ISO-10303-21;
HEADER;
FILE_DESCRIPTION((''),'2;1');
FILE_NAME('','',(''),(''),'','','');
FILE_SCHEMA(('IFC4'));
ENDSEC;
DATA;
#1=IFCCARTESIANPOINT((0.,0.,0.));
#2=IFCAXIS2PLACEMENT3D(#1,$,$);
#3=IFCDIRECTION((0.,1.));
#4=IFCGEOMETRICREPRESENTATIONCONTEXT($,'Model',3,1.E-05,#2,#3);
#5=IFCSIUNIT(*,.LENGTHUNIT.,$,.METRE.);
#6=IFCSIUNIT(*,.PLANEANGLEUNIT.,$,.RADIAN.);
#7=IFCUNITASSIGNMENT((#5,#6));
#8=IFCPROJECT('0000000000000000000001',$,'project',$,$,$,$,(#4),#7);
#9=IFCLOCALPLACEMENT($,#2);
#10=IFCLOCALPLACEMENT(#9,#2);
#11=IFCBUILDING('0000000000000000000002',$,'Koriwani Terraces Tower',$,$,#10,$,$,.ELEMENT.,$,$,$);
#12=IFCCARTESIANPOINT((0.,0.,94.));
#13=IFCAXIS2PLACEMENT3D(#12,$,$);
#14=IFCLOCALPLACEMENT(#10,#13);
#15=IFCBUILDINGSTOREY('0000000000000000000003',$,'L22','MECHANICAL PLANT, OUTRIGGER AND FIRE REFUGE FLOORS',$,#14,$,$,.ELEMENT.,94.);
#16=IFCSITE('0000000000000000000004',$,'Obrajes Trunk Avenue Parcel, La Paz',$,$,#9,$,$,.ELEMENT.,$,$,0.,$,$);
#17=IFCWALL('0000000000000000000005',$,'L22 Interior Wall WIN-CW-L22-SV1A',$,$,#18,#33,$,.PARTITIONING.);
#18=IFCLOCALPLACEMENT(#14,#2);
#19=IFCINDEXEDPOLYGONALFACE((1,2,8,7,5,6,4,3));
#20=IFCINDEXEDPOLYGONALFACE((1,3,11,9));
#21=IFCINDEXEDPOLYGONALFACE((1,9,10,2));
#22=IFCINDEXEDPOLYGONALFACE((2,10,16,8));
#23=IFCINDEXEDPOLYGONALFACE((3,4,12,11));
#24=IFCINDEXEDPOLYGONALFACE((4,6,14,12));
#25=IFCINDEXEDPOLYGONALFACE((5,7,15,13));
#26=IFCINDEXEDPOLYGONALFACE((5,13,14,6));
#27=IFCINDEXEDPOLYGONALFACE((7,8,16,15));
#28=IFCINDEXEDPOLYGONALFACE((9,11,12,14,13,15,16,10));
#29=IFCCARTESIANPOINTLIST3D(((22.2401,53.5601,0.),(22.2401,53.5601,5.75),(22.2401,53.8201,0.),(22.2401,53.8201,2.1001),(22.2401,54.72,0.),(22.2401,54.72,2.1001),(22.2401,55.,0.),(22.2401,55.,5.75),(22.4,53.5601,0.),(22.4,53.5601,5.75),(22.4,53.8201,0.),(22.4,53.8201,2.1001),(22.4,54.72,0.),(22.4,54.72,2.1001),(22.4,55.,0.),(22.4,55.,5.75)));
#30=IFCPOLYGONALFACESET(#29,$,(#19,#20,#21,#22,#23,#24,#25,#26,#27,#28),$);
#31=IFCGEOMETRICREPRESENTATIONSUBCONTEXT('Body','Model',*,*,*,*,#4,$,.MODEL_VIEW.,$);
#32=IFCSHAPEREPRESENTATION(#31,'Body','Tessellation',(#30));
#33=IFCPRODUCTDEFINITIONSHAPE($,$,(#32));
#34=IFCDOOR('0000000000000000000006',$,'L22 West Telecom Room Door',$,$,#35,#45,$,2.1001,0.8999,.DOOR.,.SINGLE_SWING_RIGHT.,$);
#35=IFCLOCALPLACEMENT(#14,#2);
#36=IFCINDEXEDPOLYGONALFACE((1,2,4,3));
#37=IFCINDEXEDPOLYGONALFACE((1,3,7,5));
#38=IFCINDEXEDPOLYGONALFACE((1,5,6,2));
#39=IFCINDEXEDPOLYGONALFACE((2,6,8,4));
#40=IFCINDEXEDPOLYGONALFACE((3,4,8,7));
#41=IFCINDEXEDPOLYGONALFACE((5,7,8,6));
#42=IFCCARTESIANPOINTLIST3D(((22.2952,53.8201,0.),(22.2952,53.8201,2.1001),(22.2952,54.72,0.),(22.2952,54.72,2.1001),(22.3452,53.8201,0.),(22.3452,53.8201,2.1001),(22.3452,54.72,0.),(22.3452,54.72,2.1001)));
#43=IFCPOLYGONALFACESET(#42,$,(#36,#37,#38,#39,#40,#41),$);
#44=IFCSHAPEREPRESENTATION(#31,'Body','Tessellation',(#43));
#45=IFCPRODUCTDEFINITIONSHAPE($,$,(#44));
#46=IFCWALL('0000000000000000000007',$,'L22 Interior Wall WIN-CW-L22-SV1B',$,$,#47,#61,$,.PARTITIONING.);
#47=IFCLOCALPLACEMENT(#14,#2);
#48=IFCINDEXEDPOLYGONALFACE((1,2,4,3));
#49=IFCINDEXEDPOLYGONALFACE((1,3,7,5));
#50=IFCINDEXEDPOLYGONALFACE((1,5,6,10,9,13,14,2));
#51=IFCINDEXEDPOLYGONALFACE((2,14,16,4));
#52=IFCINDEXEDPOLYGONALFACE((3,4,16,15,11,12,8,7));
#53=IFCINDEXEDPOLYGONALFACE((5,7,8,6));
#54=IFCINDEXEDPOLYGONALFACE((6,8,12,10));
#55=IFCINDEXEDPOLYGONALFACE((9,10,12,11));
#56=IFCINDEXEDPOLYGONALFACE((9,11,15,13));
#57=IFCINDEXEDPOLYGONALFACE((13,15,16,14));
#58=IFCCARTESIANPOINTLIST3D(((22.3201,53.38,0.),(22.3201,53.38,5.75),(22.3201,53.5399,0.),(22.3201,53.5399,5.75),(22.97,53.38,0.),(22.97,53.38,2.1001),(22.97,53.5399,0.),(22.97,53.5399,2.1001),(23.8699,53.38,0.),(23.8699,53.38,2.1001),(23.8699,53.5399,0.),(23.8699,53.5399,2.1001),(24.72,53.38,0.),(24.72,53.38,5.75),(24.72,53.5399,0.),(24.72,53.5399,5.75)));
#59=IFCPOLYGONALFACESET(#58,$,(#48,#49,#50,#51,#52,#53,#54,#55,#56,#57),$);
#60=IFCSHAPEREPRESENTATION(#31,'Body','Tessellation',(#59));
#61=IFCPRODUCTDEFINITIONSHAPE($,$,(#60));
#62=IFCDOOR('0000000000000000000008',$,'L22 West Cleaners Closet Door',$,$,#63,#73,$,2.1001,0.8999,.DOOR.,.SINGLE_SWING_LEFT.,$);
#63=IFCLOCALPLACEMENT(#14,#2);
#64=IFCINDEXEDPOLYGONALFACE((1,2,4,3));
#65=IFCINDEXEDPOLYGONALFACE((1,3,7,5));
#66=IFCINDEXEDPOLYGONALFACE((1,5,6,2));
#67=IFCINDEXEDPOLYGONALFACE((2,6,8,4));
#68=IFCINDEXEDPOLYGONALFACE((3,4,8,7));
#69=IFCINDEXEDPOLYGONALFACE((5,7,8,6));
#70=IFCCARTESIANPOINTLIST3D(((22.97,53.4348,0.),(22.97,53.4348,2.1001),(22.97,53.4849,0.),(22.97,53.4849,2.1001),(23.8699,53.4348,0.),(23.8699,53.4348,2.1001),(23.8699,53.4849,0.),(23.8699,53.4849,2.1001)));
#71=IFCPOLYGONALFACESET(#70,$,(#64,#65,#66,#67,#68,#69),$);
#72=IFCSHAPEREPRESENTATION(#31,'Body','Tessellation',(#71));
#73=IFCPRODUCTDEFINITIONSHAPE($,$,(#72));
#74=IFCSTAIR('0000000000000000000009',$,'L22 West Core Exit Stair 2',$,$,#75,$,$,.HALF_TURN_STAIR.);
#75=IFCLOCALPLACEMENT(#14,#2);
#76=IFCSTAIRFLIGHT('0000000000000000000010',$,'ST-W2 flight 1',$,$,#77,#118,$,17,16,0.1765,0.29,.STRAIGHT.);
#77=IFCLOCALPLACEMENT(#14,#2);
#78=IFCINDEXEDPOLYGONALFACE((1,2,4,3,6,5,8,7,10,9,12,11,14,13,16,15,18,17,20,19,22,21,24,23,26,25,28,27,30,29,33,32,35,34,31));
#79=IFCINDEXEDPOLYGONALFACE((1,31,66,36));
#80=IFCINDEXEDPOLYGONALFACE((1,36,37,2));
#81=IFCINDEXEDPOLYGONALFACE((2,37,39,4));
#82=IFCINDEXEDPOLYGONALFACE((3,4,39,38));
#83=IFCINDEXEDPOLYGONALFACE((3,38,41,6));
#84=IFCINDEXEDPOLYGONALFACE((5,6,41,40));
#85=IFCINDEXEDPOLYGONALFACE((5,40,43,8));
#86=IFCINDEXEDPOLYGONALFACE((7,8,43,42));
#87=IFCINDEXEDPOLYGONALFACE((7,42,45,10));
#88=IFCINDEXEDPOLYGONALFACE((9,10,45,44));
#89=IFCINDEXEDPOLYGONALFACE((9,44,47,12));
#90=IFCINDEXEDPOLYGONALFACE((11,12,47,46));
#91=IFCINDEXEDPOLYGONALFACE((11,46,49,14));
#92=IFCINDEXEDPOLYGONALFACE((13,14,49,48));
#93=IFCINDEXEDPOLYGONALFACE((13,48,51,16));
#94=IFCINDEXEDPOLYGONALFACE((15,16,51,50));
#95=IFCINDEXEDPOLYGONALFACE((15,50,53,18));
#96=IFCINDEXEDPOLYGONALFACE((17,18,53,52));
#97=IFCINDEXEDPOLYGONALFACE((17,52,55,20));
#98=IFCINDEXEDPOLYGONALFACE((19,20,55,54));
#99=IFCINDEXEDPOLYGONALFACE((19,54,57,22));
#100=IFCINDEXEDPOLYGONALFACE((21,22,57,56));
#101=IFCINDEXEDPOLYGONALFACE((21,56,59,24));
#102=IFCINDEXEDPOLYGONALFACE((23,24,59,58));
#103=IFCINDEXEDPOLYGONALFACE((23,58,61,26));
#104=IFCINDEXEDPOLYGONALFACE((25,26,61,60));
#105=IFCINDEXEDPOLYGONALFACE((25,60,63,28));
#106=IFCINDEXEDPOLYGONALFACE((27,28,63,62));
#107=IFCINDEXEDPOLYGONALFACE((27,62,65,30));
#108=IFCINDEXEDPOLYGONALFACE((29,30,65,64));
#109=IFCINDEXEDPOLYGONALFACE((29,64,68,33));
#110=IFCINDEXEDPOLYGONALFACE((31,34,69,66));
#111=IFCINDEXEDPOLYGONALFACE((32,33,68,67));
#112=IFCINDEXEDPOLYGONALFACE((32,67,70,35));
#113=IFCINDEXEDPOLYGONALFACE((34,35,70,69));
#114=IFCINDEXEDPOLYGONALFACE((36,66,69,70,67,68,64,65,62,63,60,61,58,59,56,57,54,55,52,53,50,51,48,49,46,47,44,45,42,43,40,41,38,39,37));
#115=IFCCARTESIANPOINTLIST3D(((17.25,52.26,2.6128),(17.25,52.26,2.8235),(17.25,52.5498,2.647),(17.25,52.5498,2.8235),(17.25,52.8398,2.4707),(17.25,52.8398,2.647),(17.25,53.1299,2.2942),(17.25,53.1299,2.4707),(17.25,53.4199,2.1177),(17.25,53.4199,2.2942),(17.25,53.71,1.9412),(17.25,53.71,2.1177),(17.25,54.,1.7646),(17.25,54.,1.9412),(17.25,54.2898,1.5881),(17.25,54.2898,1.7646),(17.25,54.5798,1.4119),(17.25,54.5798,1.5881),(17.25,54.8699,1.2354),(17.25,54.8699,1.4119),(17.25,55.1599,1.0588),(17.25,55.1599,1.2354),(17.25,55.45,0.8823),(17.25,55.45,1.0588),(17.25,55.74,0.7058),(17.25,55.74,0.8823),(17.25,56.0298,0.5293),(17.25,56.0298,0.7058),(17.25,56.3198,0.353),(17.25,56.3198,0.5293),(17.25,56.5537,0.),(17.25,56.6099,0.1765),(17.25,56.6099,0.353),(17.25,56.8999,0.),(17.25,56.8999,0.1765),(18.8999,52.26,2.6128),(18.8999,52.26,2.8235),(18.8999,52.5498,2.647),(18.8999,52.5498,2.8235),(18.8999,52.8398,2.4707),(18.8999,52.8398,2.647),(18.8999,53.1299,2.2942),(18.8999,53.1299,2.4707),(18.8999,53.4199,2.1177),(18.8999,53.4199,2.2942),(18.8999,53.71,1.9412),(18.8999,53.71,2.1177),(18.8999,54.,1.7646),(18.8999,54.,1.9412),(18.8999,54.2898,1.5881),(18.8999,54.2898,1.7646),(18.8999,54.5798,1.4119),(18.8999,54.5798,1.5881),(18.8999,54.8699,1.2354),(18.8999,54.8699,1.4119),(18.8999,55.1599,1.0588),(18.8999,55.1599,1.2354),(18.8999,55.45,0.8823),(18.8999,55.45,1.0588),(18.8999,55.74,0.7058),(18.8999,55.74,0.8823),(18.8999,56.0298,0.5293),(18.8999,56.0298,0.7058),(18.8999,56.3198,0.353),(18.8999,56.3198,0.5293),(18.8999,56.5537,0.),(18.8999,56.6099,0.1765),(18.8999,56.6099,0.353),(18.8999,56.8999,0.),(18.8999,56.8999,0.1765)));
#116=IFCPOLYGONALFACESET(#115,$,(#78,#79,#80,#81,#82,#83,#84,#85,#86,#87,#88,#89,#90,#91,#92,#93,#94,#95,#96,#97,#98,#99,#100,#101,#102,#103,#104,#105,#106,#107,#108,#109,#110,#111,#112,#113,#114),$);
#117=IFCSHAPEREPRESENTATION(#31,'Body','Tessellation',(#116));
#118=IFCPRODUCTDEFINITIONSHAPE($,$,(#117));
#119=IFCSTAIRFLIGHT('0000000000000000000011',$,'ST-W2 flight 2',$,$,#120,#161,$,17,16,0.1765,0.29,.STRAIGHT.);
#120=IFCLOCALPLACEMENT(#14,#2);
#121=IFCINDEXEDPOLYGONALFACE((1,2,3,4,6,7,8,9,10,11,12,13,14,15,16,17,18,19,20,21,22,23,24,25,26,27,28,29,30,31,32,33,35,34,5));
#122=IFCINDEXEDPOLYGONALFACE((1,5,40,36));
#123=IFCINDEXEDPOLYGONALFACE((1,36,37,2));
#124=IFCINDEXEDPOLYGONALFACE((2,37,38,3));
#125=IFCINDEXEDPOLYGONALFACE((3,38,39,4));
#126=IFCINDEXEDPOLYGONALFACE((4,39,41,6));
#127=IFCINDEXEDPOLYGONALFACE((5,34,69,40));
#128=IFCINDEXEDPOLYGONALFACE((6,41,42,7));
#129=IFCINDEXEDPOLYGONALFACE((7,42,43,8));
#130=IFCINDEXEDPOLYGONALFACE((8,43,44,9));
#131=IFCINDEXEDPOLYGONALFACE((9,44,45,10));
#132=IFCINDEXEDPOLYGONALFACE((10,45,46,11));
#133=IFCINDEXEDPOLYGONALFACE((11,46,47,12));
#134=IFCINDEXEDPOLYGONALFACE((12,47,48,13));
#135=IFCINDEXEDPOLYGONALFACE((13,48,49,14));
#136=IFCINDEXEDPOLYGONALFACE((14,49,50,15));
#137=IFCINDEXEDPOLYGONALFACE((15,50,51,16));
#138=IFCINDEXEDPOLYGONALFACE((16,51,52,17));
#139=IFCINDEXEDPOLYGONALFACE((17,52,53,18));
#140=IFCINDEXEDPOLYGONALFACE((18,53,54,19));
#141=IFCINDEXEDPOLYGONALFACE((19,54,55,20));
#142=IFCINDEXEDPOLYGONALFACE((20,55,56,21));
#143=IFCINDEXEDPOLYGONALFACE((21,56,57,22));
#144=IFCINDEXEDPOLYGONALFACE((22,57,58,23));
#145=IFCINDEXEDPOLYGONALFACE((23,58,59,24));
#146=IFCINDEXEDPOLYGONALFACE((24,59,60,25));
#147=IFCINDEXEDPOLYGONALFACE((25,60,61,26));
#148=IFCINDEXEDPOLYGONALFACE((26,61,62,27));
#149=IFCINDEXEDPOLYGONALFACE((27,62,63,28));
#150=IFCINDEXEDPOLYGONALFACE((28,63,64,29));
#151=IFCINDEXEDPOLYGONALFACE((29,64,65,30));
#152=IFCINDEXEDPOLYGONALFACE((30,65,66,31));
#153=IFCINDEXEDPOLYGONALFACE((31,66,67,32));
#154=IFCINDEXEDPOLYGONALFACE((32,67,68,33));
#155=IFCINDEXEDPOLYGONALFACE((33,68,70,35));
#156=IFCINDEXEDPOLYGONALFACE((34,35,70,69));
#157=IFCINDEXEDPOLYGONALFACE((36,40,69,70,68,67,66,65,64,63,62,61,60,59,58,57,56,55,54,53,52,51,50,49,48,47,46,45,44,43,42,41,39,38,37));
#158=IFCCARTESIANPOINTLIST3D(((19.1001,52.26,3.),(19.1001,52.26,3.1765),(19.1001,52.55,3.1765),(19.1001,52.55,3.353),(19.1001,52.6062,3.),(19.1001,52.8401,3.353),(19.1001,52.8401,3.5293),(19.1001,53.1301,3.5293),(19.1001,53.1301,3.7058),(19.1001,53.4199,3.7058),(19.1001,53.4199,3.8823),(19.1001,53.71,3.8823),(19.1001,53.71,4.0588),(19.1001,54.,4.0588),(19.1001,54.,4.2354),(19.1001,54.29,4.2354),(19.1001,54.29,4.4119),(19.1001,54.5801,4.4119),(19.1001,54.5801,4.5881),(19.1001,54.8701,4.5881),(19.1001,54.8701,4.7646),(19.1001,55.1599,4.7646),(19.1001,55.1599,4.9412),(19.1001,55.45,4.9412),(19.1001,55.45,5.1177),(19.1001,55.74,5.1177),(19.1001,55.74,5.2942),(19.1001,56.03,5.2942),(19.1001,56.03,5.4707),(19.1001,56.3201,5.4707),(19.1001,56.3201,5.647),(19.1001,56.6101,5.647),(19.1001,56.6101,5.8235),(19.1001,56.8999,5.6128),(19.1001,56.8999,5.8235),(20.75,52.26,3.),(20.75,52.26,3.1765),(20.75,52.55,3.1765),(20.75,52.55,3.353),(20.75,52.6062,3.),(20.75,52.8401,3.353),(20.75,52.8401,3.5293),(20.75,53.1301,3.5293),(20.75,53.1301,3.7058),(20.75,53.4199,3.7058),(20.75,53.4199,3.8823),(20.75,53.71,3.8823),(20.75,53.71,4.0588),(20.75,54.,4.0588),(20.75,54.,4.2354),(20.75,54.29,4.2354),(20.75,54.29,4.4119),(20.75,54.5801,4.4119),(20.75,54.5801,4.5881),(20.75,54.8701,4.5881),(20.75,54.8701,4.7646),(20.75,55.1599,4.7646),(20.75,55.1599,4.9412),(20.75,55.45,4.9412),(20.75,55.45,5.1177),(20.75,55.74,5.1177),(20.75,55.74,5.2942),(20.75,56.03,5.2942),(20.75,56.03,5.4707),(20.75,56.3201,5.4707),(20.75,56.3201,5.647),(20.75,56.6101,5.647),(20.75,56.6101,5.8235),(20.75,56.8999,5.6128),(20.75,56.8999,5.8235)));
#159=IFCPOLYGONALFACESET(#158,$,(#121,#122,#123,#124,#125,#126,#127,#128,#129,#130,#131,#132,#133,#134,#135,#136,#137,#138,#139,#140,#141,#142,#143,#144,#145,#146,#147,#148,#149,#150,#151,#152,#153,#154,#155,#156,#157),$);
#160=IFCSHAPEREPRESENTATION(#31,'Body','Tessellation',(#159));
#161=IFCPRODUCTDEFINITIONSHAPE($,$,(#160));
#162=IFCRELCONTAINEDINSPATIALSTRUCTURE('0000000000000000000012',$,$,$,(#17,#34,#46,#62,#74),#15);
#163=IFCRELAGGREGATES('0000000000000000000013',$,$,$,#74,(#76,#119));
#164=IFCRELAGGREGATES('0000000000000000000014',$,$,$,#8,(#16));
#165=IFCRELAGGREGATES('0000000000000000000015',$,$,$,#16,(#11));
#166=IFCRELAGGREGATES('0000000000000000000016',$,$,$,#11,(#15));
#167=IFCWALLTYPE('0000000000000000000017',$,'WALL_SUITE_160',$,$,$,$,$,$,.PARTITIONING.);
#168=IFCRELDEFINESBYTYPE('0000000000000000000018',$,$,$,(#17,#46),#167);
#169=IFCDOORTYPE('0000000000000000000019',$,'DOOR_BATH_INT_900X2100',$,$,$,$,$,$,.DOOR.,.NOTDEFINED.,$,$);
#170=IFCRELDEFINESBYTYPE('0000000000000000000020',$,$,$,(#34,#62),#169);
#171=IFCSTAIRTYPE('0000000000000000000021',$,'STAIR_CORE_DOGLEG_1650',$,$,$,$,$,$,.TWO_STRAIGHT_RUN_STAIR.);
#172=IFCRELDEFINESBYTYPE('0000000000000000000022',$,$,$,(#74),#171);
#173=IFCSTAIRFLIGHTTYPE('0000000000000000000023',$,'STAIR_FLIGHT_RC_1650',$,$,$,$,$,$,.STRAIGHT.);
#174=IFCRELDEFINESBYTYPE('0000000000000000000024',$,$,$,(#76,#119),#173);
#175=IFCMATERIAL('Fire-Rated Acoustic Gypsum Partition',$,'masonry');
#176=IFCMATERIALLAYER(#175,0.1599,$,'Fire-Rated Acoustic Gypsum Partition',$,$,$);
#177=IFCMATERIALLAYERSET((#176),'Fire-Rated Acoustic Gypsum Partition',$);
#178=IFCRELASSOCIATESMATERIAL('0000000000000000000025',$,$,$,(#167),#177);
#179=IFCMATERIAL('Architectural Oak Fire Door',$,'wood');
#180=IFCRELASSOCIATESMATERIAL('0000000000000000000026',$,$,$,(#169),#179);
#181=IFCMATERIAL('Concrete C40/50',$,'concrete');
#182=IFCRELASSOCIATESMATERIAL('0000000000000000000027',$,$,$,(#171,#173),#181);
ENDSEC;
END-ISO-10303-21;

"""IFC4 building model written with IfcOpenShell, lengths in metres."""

from ifc_helpers import new_model, si_unit, direction, frame, frame_2d, origin, place, context, subcontext, project, spatial, polyline, rectangle, outline, extrude, material, layer, layer_set, type_object, element, fill, aggregate, save


model = new_model("IFC4")

# Units and contexts
model_context = context("Model", 3, precision=1e-05, world=origin(), true_north=direction((0.0, 1.0)))
body_context = subcontext(model_context, "Body", "Model", "MODEL_VIEW")
ifc_project = project(units=[si_unit("LENGTHUNIT", "METRE"), si_unit("PLANEANGLEUNIT", "RADIAN")], contexts=[model_context])

# Site, building, storey
site_placement = place(None, origin())
site = spatial("IfcSite", under=ifc_project, at=site_placement, Name="Obrajes Trunk Avenue Parcel, La Paz", CompositionType="ELEMENT", RefElevation=0.0)
building_placement = place(site_placement, origin())
building = spatial("IfcBuilding", under=site, at=building_placement, Name="Koriwani Terraces Tower", CompositionType="ELEMENT")
storey_placement = place(building_placement, frame((0.0, 0.0, 94.0)))
storey = spatial("IfcBuildingStorey", under=building, at=storey_placement, Name="L22", Description="MECHANICAL PLANT, OUTRIGGER AND FIRE REFUGE FLOORS", CompositionType="ELEMENT", Elevation=94.0)

# Shared definitions
ifc_material_1 = material(Name="Concrete C40/50", Category="concrete")

# Walls, openings, doors
ifc_material_2 = material(Name="Fire-Rated Acoustic Gypsum Partition", Category="masonry")
ifc_layer_1 = layer(ifc_material_2, 0.1599, Name="Fire-Rated Acoustic Gypsum Partition")
ifc_layer_set_1 = layer_set([ifc_layer_1], Name="Fire-Rated Acoustic Gypsum Partition")
wall_type_1 = type_object("IfcWallType", Name="WALL_SUITE_160", PredefinedType="PARTITIONING", material=ifc_layer_set_1)
wall_1_placement = place(storey_placement, frame((22.3201, 53.5601, 0.0), z_axis=(0.0, 0.0, 1.0), x_axis=(0.0, 1.0, 0.0)))
wall_1 = element("IfcWall", 1, at=wall_1_placement, inside=storey, type_object=wall_type_1, Name="L22 Interior Wall WIN-CW-L22-SV1A", PredefinedType="PARTITIONING", context=body_context, shape_type="SweptSolid", body=[
    extrude(rectangle(XDim=1.4399, YDim=0.1599, at=frame_2d((0.72, 0.0))), origin(), (0.0, 0.0, 1.0), 5.75),
])
opening_1_placement = place(wall_1_placement, frame((0.26, 0.0, 0.0)))
opening_1 = element("IfcOpeningElement", 2, at=opening_1_placement, cuts=wall_1, PredefinedType="OPENING", context=body_context, shape_type="SweptSolid", body=[
    extrude(rectangle(XDim=0.8999, YDim=2.1001, at=frame_2d((0.45, 1.05))), frame((0.0, 0.0898, 0.0), z_axis=(0.0, -1.0, 0.0), x_axis=(1.0, 0.0, 0.0)), (0.0, 0.0, 1.0), 0.1799),
])
ifc_material_3 = material(Name="Architectural Oak Fire Door", Category="wood")
door_type_1 = type_object("IfcDoorType", Name="DOOR_BATH_INT_900X2100", OperationType="NOTDEFINED", PredefinedType="DOOR", material=ifc_material_3)
door_1_placement = place(opening_1_placement, origin())
door_1 = element("IfcDoor", 3, at=door_1_placement, inside=storey, type_object=door_type_1, Name="L22 West Telecom Room Door", OperationType="SINGLE_SWING_RIGHT", OverallHeight=2.1001, OverallWidth=0.8999, PredefinedType="DOOR", context=body_context, shape_type="SweptSolid", body=[
    extrude(rectangle(XDim=0.8999, YDim=2.1001, at=frame_2d((0.45, 1.05))), frame((0.0, 0.0249, 0.0), z_axis=(0.0, -1.0, 0.0), x_axis=(1.0, 0.0, 0.0)), (0.0, 0.0, 1.0), 0.05),
])
fill(opening_1, door_1)
wall_2_placement = place(storey_placement, frame((22.3201, 53.46, 0.0), z_axis=(0.0, 0.0, 1.0), x_axis=(1.0, 0.0, 0.0)))
wall_2 = element("IfcWall", 4, at=wall_2_placement, inside=storey, type_object=wall_type_1, Name="L22 Interior Wall WIN-CW-L22-SV1B", PredefinedType="PARTITIONING", context=body_context, shape_type="SweptSolid", body=[
    extrude(rectangle(XDim=2.3999, YDim=0.1599, at=frame_2d((1.2, 0.0))), origin(), (0.0, 0.0, 1.0), 5.75),
])
opening_2_placement = place(wall_2_placement, frame((0.6499, 0.0, 0.0)))
opening_2 = element("IfcOpeningElement", 5, at=opening_2_placement, cuts=wall_2, PredefinedType="OPENING", context=body_context, shape_type="SweptSolid", body=[
    extrude(rectangle(XDim=0.8999, YDim=2.1001, at=frame_2d((0.45, 1.05))), frame((0.0, 0.0898, 0.0), z_axis=(0.0, -1.0, 0.0), x_axis=(1.0, 0.0, 0.0)), (0.0, 0.0, 1.0), 0.1799),
])
door_2_placement = place(opening_2_placement, origin())
door_2 = element("IfcDoor", 6, at=door_2_placement, inside=storey, type_object=door_type_1, Name="L22 West Cleaners Closet Door", OperationType="SINGLE_SWING_LEFT", OverallHeight=2.1001, OverallWidth=0.8999, PredefinedType="DOOR", context=body_context, shape_type="SweptSolid", body=[
    extrude(rectangle(XDim=0.8999, YDim=2.1001, at=frame_2d((0.45, 1.05))), frame((0.0, 0.0249, 0.0), z_axis=(0.0, -1.0, 0.0), x_axis=(1.0, 0.0, 0.0)), (0.0, 0.0, 1.0), 0.05),
])
fill(opening_2, door_2)

# Stair, stair flights
stair_type = type_object("IfcStairType", Name="STAIR_CORE_DOGLEG_1650", PredefinedType="TWO_STRAIGHT_RUN_STAIR", material=ifc_material_1)
stair_placement = place(storey_placement, origin())
stair = element("IfcStair", 7, at=stair_placement, inside=storey, type_object=stair_type, Name="L22 West Core Exit Stair 2", PredefinedType="HALF_TURN_STAIR")
stair_flight_type = type_object("IfcStairFlightType", Name="STAIR_FLIGHT_RC_1650", PredefinedType="STRAIGHT", material=ifc_material_1)
stair_flight_1_placement = place(storey_placement, frame((18.075, 56.8999, 0.0), z_axis=(0.0, 0.0, 1.0), x_axis=(0.0, -1.0, 0.0)))
stair_flight_1 = element("IfcStairFlight", 8, at=stair_flight_1_placement, type_object=stair_flight_type, Name="ST-W2 flight 1", NumberOfRisers=17, NumberOfTreads=16, PredefinedType="STRAIGHT", RiserHeight=0.1765, TreadLength=0.29, context=body_context, shape_type="SweptSolid", body=[
    extrude(outline(polyline([(0.0, 0.0), (0.0, 0.1765), (0.29, 0.1765), (0.29, 0.353), (0.5801, 0.353), (0.5801, 0.5293), (0.8701, 0.5293), (0.8701, 0.7058), (1.1599, 0.7058), (1.1599, 0.8823), (1.45, 0.8823), (1.45, 1.0588), (1.74, 1.0588), (1.74, 1.2354), (2.03, 1.2354), (2.03, 1.4119), (2.3201, 1.4119), (2.3201, 1.5881), (2.6101, 1.5881), (2.6101, 1.7646), (2.8999, 1.7646), (2.8999, 1.9412), (3.1899, 1.9412), (3.1899, 2.1177), (3.48, 2.1177), (3.48, 2.2942), (3.77, 2.2942), (3.77, 2.4707), (4.0601, 2.4707), (4.0601, 2.647), (4.3501, 2.647), (4.3501, 2.8235), (4.6399, 2.8235), (4.6399, 3.0), (4.6399, 2.6128), (0.3462, 0.0), (0.0, 0.0)])), frame((0.0, 0.825, 0.0), z_axis=(0.0, -1.0, 0.0), x_axis=(1.0, 0.0, 0.0)), (0.0, 0.0, 1.0), 1.6499),
])
stair_flight_2_placement = place(storey_placement, frame((19.925, 52.26, 3.0), z_axis=(0.0, 0.0, 1.0), x_axis=(0.0, 1.0, 0.0)))
stair_flight_2 = element("IfcStairFlight", 9, at=stair_flight_2_placement, type_object=stair_flight_type, Name="ST-W2 flight 2", NumberOfRisers=17, NumberOfTreads=16, PredefinedType="STRAIGHT", RiserHeight=0.1765, TreadLength=0.29, context=body_context, shape_type="SweptSolid", body=[
    extrude(outline(polyline([(0.0, 0.0), (0.0, 0.1765), (0.29, 0.1765), (0.29, 0.353), (0.5801, 0.353), (0.5801, 0.5293), (0.8701, 0.5293), (0.8701, 0.7058), (1.1599, 0.7058), (1.1599, 0.8823), (1.45, 0.8823), (1.45, 1.0588), (1.74, 1.0588), (1.74, 1.2354), (2.03, 1.2354), (2.03, 1.4119), (2.3201, 1.4119), (2.3201, 1.5881), (2.6101, 1.5881), (2.6101, 1.7646), (2.8999, 1.7646), (2.8999, 1.9412), (3.1899, 1.9412), (3.1899, 2.1177), (3.48, 2.1177), (3.48, 2.2942), (3.77, 2.2942), (3.77, 2.4707), (4.0601, 2.4707), (4.0601, 2.647), (4.3501, 2.647), (4.3501, 2.8235), (4.6399, 2.8235), (4.6399, 3.0), (4.6399, 2.6128), (0.3462, 0.0), (0.0, 0.0)])), frame((0.0, 0.825, 0.0), z_axis=(0.0, -1.0, 0.0), x_axis=(1.0, 0.0, 0.0)), (0.0, 0.0, 1.0), 1.6499),
])
aggregate(stair, [stair_flight_1, stair_flight_2])

save(model, "model.ifc")
